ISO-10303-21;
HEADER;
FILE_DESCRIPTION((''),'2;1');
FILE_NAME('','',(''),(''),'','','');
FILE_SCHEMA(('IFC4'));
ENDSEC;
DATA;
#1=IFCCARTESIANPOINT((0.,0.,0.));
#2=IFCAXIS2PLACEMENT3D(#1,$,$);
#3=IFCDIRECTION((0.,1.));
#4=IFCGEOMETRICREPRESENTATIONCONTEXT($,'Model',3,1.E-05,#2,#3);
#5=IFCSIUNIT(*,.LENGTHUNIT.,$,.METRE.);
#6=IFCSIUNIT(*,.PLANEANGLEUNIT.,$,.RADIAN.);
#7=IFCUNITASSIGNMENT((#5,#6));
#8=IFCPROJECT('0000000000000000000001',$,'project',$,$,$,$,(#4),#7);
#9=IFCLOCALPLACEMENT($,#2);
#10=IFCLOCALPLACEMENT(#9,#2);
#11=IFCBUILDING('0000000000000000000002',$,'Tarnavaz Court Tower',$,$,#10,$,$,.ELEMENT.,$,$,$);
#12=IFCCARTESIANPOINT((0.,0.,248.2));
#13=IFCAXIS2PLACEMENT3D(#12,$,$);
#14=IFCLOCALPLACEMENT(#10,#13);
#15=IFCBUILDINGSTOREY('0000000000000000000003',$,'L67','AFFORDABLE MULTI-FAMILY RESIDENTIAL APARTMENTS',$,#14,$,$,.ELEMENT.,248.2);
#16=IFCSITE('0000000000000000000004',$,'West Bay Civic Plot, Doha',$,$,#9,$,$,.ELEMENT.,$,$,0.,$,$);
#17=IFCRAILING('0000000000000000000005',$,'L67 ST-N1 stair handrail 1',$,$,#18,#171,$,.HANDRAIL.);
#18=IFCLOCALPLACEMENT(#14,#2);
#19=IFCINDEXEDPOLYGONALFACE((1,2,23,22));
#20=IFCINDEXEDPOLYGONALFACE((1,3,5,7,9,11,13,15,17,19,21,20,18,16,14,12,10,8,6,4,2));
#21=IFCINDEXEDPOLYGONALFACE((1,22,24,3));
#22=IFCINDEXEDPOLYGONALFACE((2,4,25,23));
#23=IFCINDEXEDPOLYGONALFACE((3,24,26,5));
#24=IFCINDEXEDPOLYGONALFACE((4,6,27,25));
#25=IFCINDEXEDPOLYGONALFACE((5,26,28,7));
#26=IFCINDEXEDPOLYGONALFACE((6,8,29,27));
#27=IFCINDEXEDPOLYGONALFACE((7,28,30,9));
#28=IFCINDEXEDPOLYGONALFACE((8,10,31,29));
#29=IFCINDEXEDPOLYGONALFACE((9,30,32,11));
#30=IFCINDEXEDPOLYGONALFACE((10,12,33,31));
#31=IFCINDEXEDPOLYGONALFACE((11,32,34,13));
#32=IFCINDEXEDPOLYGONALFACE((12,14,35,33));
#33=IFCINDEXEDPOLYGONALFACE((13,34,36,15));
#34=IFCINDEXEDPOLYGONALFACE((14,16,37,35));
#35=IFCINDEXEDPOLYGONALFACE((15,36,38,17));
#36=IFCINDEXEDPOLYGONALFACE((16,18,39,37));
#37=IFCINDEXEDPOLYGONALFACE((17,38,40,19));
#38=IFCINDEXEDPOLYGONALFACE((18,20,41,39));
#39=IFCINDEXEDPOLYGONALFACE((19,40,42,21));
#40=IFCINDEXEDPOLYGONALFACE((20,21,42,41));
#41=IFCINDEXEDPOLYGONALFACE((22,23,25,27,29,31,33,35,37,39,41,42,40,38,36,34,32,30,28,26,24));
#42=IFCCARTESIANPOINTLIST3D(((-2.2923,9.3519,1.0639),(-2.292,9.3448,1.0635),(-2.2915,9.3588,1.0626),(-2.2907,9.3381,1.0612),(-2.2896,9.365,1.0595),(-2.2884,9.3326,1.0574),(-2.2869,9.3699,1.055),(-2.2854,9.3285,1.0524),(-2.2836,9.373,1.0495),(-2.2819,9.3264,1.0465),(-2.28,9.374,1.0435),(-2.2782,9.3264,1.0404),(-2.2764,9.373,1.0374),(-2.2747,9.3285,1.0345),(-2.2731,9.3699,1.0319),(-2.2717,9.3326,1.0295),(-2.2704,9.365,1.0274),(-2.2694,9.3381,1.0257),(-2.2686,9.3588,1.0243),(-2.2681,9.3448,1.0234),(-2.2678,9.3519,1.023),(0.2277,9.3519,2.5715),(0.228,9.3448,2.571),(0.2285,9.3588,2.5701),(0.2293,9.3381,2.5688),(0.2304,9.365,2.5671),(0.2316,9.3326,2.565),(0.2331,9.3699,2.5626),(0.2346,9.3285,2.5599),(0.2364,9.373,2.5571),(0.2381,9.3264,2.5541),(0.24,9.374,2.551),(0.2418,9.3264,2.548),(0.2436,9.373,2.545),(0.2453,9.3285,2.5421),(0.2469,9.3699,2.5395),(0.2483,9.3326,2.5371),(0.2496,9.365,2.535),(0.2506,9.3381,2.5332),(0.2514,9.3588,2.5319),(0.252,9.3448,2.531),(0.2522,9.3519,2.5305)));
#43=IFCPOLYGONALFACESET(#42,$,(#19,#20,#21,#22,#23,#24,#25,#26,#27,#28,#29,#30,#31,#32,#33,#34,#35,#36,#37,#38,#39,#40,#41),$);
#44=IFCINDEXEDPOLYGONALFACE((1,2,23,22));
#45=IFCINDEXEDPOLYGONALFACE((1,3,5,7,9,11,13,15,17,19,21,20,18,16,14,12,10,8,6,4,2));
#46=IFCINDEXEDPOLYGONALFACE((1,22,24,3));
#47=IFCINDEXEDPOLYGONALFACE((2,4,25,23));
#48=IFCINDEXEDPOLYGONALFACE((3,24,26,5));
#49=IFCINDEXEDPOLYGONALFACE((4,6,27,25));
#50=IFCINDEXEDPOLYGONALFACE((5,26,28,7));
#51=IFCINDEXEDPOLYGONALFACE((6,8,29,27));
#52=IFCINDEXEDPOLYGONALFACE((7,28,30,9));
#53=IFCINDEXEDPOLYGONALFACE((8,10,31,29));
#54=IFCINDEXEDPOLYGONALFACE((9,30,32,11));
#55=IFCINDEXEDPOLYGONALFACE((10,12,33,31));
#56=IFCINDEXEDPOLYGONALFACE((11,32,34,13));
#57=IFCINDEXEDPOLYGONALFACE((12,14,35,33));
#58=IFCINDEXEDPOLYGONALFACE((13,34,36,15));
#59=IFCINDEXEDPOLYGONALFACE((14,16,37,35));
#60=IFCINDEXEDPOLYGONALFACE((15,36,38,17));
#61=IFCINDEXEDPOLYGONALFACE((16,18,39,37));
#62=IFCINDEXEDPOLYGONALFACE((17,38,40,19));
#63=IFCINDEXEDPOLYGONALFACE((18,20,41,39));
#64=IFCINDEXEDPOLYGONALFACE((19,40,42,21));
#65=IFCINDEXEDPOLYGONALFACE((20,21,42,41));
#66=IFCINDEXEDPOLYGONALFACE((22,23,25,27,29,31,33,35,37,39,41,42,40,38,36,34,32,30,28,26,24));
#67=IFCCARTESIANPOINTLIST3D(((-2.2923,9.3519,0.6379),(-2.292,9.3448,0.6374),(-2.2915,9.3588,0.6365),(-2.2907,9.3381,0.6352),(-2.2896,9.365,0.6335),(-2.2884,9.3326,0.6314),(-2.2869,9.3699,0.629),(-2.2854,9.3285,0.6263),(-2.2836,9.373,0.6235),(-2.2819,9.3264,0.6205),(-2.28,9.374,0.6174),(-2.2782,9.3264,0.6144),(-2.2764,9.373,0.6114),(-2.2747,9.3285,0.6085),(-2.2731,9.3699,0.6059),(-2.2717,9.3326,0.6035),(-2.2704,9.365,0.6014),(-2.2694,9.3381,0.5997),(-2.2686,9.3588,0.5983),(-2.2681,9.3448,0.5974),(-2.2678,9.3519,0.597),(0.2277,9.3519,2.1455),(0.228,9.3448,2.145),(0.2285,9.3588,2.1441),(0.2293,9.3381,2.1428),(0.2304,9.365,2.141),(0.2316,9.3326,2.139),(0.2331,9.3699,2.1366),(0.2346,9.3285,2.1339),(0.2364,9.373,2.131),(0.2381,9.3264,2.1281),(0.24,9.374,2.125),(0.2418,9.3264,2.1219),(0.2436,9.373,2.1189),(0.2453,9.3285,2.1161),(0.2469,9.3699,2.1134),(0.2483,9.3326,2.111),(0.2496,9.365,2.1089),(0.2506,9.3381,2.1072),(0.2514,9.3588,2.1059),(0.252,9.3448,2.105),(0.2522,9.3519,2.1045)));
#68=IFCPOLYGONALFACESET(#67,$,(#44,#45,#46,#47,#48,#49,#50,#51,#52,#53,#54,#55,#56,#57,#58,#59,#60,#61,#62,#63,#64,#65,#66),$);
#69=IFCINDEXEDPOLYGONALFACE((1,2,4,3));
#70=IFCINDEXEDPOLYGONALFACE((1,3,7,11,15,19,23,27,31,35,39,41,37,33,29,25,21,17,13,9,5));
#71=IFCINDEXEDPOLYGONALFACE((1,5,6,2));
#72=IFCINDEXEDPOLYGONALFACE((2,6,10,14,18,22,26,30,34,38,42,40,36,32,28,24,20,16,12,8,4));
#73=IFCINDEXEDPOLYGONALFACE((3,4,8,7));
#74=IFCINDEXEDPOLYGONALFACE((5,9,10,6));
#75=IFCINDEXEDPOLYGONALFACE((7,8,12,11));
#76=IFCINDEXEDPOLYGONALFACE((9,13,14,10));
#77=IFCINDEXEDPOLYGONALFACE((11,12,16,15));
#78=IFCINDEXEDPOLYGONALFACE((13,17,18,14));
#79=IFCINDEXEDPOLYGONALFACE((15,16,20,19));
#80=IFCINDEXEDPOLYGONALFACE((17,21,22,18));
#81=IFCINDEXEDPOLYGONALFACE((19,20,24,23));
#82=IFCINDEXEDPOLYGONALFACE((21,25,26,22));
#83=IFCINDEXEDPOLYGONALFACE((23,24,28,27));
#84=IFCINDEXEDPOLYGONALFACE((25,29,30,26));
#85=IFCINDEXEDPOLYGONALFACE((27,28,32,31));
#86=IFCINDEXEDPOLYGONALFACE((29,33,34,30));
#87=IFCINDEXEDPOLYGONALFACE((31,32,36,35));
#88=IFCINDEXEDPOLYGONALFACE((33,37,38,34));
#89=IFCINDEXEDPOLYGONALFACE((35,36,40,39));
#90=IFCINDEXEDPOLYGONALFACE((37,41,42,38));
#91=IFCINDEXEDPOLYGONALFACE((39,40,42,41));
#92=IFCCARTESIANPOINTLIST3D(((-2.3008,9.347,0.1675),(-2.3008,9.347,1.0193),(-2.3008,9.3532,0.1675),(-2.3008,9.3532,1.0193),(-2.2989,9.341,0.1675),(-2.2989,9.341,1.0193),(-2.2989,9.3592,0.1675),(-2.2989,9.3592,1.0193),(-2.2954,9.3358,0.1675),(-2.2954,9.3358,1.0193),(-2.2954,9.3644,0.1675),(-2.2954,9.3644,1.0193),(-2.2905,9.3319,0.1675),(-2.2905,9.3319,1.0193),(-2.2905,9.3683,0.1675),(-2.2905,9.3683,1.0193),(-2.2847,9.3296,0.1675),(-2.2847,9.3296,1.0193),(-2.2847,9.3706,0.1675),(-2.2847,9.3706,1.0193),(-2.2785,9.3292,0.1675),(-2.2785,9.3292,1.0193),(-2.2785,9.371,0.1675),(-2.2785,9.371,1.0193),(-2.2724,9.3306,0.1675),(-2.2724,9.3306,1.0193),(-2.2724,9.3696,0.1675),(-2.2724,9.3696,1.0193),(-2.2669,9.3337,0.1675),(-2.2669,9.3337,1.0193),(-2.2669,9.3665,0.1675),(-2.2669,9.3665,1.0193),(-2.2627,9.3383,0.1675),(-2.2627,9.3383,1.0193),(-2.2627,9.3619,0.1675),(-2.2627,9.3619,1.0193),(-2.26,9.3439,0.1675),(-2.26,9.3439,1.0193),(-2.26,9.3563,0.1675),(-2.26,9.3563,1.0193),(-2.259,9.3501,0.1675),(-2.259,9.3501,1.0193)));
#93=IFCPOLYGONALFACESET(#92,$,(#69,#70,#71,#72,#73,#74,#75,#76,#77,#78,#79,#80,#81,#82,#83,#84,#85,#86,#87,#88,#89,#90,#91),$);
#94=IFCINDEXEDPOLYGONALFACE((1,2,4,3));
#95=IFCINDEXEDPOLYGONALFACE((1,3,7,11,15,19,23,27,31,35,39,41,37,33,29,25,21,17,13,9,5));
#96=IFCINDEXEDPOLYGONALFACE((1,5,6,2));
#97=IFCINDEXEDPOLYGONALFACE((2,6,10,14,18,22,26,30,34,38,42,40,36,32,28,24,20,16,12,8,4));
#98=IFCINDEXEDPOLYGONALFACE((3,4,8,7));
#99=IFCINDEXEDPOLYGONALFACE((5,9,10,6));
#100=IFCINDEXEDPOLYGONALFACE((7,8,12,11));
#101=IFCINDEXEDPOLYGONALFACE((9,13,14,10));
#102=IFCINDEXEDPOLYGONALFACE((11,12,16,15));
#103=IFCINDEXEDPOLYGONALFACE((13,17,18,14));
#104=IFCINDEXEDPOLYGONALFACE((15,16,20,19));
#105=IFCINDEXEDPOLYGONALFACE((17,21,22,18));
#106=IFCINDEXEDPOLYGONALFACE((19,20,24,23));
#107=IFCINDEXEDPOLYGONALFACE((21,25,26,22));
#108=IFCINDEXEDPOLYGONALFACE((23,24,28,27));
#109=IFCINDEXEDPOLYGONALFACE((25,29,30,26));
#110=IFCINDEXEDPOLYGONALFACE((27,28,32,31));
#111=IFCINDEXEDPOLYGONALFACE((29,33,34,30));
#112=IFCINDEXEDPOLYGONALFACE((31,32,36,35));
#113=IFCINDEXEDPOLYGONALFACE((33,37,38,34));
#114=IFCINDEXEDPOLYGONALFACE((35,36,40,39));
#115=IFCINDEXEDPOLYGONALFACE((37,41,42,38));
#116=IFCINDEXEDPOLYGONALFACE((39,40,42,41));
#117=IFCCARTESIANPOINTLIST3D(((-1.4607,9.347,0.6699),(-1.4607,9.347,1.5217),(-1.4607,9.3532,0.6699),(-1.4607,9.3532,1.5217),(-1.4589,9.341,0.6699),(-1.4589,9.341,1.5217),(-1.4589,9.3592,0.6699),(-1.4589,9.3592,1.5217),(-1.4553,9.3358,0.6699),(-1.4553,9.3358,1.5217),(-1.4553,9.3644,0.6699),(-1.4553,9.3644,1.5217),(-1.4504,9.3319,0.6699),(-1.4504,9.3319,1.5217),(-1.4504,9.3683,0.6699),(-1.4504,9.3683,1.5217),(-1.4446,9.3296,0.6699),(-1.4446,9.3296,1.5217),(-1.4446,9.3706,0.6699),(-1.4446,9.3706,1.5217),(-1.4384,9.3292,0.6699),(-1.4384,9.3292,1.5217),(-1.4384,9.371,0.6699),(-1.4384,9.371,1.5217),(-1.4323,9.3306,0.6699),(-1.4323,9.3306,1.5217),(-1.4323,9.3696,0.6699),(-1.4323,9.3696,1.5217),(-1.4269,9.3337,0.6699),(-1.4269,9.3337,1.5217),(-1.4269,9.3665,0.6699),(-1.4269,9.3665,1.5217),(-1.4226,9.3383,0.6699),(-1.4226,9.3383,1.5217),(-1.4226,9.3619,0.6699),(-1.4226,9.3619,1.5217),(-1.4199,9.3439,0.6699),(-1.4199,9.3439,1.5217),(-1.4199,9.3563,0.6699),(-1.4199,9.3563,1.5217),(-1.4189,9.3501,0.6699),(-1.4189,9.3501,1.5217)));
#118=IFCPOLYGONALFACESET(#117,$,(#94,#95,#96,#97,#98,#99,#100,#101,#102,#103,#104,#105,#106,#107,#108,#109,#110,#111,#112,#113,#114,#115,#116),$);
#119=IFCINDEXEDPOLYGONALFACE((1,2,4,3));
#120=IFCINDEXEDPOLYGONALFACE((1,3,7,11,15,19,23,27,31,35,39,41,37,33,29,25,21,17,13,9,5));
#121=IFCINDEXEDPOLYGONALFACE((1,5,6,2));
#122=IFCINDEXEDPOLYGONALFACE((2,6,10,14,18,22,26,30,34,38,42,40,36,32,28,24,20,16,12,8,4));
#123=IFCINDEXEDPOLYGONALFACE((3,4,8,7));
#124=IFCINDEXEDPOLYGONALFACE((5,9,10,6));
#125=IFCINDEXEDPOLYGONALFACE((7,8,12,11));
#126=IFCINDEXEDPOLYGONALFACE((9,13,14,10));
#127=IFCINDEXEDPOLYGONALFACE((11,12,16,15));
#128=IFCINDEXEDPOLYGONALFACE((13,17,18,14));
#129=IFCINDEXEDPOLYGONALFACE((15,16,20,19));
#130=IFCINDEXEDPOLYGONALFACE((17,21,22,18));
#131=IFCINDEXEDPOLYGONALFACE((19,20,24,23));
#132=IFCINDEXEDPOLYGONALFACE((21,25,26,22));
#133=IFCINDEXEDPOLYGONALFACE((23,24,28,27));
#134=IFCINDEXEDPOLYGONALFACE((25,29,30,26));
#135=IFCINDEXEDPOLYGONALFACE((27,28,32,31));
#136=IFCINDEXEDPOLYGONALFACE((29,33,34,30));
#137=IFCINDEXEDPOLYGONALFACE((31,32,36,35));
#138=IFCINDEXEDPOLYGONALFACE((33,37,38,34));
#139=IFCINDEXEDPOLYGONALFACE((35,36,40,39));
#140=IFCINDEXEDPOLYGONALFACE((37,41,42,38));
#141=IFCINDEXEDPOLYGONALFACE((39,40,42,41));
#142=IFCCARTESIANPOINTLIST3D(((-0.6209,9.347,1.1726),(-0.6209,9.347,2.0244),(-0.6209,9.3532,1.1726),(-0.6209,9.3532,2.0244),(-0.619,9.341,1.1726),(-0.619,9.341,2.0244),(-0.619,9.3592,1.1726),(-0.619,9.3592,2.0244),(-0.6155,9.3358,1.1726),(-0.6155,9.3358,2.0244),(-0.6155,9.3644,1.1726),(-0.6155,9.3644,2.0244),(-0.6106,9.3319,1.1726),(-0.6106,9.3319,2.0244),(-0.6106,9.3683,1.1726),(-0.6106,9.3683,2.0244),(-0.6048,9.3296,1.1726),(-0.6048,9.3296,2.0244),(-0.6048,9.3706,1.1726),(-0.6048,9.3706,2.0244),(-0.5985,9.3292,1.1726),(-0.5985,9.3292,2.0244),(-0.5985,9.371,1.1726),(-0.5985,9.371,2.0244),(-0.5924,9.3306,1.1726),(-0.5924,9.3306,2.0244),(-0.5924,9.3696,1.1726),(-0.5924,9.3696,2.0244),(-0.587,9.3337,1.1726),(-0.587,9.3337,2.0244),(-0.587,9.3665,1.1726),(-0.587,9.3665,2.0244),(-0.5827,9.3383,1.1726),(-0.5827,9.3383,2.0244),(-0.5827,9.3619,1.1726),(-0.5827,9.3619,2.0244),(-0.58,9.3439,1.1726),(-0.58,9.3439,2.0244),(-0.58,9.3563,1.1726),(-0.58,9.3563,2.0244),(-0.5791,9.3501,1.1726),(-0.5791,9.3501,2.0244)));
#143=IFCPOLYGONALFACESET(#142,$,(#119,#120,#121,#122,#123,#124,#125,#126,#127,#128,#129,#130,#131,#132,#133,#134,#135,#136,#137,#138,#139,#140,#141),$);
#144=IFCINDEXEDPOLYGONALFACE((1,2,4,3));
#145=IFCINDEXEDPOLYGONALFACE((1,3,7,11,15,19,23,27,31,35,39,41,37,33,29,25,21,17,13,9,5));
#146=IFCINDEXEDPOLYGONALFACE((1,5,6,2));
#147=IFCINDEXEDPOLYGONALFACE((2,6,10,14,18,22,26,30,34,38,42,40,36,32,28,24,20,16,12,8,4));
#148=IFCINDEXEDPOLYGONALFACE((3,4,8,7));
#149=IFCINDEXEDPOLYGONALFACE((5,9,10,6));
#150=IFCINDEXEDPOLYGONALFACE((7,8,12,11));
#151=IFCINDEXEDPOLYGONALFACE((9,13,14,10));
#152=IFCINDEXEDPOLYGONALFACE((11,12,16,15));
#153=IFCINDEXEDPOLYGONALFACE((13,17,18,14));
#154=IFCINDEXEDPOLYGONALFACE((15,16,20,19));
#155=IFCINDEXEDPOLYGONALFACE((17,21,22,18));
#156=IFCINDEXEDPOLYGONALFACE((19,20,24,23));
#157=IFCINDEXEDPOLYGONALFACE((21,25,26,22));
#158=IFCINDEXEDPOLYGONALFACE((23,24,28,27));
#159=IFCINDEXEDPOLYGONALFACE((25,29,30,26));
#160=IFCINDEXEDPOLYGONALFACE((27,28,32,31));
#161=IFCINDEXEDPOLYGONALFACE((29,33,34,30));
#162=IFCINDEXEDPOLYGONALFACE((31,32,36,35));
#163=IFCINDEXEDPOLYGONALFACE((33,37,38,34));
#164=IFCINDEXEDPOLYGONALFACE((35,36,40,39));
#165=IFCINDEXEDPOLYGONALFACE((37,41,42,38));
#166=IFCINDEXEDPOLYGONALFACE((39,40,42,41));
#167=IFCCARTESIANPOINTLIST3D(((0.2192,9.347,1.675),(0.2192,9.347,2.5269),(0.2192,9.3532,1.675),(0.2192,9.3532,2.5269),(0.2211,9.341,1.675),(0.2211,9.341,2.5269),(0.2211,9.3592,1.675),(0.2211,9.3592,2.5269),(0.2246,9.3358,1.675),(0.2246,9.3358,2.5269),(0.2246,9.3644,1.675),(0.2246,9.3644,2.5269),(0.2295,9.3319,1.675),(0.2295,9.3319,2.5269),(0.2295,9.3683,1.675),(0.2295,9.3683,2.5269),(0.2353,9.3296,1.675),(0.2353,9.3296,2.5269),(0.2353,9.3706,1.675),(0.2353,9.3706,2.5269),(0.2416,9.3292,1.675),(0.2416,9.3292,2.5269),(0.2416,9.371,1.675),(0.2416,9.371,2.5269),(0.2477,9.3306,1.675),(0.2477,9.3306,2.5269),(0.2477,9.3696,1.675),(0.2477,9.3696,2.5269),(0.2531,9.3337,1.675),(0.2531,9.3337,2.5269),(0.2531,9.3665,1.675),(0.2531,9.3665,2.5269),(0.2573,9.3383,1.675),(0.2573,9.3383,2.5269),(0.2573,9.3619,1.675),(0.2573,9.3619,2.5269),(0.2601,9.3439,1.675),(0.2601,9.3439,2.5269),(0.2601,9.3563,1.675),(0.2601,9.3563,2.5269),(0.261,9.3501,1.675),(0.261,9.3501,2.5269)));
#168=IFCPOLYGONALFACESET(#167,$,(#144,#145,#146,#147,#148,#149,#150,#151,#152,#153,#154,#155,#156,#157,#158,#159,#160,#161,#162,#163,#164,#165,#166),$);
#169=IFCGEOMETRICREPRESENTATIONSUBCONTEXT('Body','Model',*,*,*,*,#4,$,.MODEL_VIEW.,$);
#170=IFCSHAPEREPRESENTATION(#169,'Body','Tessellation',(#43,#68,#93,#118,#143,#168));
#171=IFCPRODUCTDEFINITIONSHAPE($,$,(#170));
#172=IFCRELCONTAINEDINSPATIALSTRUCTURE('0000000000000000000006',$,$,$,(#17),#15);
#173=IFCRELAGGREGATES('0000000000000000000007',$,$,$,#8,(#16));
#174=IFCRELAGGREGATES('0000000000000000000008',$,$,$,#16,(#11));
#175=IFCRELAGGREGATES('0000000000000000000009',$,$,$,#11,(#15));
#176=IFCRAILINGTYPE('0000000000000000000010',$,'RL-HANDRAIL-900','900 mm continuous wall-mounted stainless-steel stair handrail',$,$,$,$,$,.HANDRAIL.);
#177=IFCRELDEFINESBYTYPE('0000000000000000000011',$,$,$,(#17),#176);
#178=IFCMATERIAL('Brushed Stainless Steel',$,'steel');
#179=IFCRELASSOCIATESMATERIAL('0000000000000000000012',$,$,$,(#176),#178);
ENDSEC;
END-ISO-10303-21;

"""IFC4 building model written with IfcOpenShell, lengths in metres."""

from ifc_helpers import new_model, si_unit, direction, frame, origin, origin_2d, place, context, subcontext, project, spatial, circle, extrude, material, type_object, element, save


model = new_model("IFC4")

# Units and contexts
model_context = context("Model", 3, precision=1e-05, world=origin(), true_north=direction((0.0, 1.0)))
body_context = subcontext(model_context, "Body", "Model", "MODEL_VIEW")
ifc_project = project(units=[si_unit("LENGTHUNIT", "METRE"), si_unit("PLANEANGLEUNIT", "RADIAN")], contexts=[model_context])

# Site, building, storey
site_placement = place(None, origin())
site = spatial("IfcSite", under=ifc_project, at=site_placement, Name="West Bay Civic Plot, Doha", CompositionType="ELEMENT", RefElevation=0.0)
building_placement = place(site_placement, origin())
building = spatial("IfcBuilding", under=site, at=building_placement, Name="Tarnavaz Court Tower", CompositionType="ELEMENT")
storey_placement = place(building_placement, frame((0.0, 0.0, 248.2)))
storey = spatial("IfcBuildingStorey", under=building, at=storey_placement, Name="L67", Description="AFFORDABLE MULTI-FAMILY RESIDENTIAL APARTMENTS", CompositionType="ELEMENT", Elevation=248.2)

# Railing
ifc_material_1 = material(Name="Brushed Stainless Steel", Category="steel")
railing_type_1 = type_object("IfcRailingType", Name="RL-HANDRAIL-900", Description="900 mm continuous wall-mounted stainless-steel stair handrail", PredefinedType="HANDRAIL", material=ifc_material_1)
railing_1_placement = place(storey_placement, frame((-2.28, 9.3501, 0.1675)))
element("IfcRailing", 1, at=railing_1_placement, inside=storey, type_object=railing_type_1, Name="L67 ST-N1 stair handrail 1", PredefinedType="HANDRAIL", context=body_context, shape_type="SweptSolid", body=[
    extrude(circle(Radius=0.0239, at=origin_2d()), frame((0.0, 0.0, 0.876), z_axis=(0.85816, 0.0, 0.513383), x_axis=(0.0, 1.0, 0.0)), (0.0, 0.0, 1.0), 2.9365),
    extrude(circle(Radius=0.0239, at=origin_2d()), frame((0.0, 0.0, 0.45), z_axis=(0.85816, 0.0, 0.513383), x_axis=(0.0, 1.0, 0.0)), (0.0, 0.0, 1.0), 2.9365),
    extrude(circle(Radius=0.021, at=origin_2d()), origin(), (0.0, 0.0, 1.0), 0.8518),
    extrude(circle(Radius=0.021, at=origin_2d()), frame((0.8401, 0.0, 0.5024)), (0.0, 0.0, 1.0), 0.8518),
    extrude(circle(Radius=0.021, at=origin_2d()), frame((1.6799, 0.0, 1.0051)), (0.0, 0.0, 1.0), 0.8518),
    extrude(circle(Radius=0.021, at=origin_2d()), frame((2.52, 0.0, 1.5076)), (0.0, 0.0, 1.0), 0.8518),
])

save(model, "model.ifc")
